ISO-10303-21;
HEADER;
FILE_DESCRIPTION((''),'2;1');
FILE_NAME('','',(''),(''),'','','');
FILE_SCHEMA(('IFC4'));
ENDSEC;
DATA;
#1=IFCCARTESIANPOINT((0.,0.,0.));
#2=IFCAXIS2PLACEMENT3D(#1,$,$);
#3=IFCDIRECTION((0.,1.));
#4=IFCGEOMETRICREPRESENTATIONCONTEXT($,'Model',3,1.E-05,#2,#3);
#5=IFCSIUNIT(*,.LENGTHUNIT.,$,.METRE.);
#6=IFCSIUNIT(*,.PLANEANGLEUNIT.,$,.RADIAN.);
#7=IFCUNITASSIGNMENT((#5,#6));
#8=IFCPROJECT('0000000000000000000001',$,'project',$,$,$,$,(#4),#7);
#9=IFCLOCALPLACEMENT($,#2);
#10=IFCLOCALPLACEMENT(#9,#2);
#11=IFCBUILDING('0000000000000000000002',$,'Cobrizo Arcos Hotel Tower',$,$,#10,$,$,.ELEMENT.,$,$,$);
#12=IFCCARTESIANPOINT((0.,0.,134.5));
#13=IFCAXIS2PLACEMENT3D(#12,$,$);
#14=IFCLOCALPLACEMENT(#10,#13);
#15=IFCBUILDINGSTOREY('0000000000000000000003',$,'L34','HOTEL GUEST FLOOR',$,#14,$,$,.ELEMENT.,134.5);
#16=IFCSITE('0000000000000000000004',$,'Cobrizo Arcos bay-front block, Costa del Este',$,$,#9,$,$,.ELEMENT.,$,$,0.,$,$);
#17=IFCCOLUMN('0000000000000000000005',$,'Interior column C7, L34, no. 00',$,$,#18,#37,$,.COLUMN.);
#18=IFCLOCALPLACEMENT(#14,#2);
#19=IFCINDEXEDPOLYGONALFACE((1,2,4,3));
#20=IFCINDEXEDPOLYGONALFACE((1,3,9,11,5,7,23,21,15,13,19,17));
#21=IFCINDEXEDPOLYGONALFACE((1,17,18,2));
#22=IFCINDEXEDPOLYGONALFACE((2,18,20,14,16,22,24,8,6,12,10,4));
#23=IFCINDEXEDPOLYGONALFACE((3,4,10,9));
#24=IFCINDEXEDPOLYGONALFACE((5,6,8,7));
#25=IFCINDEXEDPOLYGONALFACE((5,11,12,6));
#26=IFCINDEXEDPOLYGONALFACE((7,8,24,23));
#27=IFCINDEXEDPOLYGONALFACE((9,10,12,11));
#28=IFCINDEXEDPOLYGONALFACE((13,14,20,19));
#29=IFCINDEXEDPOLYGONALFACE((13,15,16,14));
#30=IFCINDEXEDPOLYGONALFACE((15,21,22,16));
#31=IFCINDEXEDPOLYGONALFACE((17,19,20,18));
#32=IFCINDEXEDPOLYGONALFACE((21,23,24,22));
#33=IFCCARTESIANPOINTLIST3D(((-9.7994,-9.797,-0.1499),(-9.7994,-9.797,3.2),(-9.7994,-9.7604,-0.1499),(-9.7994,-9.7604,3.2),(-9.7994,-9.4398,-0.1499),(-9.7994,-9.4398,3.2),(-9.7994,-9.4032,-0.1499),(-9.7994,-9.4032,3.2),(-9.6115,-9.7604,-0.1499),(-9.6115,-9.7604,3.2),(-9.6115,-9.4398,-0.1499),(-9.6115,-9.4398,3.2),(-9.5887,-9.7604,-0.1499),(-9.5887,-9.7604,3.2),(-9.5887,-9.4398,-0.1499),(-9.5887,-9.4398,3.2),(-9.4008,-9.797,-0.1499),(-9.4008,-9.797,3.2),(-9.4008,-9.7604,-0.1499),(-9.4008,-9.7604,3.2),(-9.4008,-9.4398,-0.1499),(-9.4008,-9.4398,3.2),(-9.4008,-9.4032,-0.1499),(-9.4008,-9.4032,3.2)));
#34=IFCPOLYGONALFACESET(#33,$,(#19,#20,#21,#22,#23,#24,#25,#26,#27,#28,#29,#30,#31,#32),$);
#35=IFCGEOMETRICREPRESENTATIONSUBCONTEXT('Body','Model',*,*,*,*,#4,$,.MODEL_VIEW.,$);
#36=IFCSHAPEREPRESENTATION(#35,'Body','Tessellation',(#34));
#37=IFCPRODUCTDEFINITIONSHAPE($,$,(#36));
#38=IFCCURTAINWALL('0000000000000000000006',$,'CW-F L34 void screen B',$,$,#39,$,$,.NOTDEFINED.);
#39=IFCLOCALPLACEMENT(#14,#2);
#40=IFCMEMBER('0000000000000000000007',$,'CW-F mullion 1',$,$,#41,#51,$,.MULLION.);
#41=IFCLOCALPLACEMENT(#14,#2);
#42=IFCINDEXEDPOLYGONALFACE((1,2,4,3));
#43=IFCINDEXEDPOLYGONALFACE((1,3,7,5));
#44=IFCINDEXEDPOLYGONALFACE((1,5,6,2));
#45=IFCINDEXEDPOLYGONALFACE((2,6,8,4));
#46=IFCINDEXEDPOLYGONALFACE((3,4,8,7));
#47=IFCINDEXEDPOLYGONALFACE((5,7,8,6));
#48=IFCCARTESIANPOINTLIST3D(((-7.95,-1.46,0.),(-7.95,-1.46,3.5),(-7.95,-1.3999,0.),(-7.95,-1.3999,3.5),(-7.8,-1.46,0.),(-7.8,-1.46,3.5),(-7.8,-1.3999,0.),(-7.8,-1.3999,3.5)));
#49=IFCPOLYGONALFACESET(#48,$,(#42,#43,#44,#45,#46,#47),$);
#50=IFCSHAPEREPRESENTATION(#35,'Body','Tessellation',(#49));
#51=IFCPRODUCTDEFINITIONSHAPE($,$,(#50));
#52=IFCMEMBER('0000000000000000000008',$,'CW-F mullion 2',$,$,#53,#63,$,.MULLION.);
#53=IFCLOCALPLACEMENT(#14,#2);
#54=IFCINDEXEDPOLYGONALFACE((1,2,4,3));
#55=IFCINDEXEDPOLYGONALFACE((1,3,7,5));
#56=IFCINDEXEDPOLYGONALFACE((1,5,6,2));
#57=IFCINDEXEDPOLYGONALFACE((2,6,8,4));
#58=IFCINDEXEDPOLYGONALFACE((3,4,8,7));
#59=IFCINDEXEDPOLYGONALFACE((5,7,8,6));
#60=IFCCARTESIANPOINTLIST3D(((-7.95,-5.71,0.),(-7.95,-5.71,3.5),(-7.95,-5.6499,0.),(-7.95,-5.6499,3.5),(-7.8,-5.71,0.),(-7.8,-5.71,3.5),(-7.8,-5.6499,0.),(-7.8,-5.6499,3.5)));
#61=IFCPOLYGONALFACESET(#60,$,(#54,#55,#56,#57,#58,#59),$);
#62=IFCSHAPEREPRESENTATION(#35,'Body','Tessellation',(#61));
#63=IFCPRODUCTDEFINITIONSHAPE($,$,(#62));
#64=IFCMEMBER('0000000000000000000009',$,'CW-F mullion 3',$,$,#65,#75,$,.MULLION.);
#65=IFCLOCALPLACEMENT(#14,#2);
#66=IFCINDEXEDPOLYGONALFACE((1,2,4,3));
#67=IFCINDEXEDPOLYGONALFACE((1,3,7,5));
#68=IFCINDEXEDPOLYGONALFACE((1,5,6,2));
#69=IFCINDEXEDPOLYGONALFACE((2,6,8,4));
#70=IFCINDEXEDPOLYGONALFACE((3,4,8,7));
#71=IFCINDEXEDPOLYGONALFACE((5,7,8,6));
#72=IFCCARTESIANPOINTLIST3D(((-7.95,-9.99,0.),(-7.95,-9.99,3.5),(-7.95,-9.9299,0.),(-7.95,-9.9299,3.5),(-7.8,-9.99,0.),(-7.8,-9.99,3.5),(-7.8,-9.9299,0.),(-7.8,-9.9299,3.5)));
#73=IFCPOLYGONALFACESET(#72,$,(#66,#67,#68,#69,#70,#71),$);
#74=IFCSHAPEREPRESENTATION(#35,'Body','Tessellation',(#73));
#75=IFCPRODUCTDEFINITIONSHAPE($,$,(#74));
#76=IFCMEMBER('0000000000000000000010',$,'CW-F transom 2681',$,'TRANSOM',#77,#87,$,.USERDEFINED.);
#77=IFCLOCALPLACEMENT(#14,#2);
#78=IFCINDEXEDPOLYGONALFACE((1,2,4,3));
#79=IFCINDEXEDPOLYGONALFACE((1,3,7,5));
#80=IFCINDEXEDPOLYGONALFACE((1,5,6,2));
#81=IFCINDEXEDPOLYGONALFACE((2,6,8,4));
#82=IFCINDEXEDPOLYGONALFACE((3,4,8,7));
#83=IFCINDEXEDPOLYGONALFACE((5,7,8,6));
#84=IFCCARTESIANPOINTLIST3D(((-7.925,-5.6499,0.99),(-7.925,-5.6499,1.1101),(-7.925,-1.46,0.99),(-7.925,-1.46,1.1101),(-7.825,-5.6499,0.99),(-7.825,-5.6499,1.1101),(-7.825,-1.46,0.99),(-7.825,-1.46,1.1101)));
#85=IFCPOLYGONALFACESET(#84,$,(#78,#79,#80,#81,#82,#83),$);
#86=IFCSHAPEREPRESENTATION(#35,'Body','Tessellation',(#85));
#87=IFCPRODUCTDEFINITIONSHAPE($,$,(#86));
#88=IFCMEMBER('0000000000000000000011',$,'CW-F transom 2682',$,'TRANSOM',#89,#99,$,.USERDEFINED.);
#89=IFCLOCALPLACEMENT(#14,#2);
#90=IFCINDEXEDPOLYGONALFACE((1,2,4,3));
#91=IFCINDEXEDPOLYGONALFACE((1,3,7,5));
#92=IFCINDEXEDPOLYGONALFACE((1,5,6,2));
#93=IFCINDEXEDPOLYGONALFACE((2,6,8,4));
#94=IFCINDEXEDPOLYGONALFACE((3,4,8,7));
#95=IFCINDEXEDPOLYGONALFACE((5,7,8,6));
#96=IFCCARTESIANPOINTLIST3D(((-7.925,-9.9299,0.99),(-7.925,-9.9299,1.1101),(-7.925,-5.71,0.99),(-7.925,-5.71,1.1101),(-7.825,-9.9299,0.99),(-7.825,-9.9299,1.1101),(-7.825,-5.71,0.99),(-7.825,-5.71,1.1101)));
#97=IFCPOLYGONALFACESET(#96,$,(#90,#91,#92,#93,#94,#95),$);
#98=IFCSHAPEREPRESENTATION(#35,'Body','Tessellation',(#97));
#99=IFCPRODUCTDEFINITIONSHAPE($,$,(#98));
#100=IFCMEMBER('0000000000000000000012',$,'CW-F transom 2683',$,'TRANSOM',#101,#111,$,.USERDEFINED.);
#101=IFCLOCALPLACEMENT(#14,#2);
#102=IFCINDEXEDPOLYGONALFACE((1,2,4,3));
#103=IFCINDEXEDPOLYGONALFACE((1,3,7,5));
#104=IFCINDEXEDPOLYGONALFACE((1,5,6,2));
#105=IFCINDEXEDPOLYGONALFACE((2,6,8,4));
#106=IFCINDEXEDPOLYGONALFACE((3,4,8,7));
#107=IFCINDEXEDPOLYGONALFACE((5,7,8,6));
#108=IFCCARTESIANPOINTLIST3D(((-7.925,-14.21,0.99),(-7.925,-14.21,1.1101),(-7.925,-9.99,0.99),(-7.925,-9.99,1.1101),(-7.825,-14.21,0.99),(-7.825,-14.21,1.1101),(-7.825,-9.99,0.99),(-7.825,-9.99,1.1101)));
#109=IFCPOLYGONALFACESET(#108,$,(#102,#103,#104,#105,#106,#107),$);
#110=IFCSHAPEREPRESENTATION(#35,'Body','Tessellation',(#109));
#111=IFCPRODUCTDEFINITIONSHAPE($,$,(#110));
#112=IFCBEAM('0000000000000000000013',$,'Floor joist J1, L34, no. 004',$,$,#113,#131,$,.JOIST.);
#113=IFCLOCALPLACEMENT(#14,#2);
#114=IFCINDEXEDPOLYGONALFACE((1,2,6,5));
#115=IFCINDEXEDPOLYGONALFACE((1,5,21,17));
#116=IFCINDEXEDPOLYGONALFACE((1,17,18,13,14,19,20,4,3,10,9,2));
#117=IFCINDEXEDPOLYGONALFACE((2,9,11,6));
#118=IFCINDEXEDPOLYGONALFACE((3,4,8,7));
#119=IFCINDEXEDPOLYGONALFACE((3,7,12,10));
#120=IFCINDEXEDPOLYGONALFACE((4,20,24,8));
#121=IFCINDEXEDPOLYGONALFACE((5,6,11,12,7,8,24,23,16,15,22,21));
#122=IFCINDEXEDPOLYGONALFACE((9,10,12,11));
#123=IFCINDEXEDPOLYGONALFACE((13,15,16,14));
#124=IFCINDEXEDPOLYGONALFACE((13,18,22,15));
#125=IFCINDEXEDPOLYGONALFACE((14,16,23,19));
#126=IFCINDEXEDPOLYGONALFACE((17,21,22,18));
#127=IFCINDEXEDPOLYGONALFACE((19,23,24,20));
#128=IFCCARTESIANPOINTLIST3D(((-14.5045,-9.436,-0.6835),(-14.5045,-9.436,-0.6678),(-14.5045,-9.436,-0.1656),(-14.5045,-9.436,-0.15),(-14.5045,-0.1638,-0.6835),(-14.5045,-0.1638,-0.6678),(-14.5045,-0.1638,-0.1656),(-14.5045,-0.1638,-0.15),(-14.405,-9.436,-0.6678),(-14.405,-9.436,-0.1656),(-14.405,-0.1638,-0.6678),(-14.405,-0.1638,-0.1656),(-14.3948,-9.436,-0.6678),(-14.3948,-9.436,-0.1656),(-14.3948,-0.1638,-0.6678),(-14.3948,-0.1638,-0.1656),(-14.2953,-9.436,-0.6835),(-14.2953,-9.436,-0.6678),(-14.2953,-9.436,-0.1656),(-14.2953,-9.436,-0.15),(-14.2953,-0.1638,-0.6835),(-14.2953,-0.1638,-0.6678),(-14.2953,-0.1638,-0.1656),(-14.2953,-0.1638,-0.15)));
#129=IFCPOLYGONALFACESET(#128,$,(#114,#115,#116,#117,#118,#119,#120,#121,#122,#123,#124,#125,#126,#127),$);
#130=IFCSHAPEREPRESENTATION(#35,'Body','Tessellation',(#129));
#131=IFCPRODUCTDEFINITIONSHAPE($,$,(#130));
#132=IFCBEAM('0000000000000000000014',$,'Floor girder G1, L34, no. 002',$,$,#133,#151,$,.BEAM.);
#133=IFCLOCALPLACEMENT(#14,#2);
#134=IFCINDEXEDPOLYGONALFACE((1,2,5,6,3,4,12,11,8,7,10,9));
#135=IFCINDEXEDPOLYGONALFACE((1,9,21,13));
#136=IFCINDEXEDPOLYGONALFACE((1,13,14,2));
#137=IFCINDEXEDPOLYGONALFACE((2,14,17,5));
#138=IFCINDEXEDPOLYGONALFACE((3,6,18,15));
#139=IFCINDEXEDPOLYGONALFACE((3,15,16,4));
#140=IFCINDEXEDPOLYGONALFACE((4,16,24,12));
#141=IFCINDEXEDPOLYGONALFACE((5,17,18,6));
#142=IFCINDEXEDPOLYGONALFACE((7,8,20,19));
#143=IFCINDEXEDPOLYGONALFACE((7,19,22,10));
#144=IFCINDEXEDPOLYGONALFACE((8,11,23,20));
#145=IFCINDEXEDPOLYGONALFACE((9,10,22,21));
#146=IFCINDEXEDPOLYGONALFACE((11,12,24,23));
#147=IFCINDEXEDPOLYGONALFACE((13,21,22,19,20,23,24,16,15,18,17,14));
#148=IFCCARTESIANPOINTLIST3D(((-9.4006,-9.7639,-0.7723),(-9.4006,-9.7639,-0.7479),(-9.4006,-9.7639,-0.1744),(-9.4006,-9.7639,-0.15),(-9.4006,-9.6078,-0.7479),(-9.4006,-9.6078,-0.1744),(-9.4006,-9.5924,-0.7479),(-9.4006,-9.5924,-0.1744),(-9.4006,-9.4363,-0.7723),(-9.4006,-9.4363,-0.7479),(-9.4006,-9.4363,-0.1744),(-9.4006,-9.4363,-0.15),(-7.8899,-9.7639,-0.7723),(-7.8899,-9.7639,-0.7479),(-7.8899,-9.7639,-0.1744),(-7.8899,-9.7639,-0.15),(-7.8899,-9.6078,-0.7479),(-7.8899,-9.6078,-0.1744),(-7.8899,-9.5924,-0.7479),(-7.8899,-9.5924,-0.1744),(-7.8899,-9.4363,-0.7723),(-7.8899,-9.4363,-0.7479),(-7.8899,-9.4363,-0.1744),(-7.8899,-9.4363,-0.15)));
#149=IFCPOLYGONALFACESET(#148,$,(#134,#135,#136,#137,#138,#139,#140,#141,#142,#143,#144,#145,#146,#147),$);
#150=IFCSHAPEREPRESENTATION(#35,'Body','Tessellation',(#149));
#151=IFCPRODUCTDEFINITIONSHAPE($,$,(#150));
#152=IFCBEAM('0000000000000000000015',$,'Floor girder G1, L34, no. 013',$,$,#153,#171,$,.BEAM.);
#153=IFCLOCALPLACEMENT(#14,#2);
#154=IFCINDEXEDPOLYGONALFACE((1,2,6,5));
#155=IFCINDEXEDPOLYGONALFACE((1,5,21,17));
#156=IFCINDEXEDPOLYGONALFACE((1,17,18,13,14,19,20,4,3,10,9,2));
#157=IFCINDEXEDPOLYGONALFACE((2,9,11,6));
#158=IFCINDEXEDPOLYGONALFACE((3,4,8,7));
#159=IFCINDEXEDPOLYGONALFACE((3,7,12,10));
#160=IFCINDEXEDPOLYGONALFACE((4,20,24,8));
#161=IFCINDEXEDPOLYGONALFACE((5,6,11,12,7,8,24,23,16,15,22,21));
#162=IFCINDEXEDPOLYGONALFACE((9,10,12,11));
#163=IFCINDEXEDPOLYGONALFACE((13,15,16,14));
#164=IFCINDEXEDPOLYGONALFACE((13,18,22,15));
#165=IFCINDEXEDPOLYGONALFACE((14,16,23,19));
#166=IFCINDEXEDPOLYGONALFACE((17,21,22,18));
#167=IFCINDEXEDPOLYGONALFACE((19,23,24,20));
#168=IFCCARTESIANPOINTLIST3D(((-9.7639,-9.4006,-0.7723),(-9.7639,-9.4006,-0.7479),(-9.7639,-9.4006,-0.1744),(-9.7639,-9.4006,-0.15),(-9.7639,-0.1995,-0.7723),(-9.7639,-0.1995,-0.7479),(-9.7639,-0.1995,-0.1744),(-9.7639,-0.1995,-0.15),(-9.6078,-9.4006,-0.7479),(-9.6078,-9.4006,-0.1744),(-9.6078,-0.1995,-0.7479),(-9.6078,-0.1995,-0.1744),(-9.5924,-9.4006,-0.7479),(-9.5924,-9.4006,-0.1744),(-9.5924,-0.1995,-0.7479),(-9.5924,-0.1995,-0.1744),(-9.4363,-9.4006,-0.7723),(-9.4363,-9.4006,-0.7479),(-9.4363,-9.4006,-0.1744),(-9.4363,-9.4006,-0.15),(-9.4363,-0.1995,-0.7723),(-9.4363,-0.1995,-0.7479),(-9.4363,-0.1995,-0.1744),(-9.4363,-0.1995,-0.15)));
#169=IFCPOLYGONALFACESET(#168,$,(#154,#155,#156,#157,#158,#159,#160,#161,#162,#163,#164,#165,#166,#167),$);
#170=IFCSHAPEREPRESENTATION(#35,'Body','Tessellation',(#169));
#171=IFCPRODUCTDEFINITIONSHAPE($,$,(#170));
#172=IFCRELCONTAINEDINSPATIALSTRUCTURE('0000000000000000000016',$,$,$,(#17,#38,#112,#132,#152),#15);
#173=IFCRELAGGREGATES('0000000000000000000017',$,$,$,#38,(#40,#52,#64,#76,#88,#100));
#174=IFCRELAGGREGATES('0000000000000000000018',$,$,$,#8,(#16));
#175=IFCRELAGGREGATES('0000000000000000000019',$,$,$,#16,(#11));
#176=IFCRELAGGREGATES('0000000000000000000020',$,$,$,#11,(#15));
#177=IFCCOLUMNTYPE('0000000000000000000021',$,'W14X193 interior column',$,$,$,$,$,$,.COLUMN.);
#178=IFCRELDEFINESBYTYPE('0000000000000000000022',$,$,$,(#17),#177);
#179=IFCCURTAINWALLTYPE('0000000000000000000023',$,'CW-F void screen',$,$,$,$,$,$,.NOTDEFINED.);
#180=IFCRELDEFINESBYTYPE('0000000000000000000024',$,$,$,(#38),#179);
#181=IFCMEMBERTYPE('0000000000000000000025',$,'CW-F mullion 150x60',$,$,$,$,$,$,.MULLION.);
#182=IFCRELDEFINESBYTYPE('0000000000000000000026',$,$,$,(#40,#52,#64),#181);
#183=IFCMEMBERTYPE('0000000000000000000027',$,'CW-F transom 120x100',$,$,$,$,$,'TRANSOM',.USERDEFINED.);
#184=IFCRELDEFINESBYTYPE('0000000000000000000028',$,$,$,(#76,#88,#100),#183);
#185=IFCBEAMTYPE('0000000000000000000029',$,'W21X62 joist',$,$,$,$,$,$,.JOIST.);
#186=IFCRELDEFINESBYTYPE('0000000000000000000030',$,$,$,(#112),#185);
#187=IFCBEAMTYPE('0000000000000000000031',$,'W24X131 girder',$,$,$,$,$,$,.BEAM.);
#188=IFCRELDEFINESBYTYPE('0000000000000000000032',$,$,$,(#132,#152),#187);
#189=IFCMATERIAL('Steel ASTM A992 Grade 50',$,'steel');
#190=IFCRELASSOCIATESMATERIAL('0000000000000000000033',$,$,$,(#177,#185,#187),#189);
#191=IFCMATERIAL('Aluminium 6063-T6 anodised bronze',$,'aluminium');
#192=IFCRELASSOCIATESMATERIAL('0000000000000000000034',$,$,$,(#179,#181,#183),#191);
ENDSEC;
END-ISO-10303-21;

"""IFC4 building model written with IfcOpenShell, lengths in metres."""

from ifc_helpers import new_model, si_unit, direction, frame, origin, origin_2d, place, context, subcontext, project, spatial, rectangle, i_section, extrude, material, material_profile, profile_set, type_object, element, aggregate, save


model = new_model("IFC4")

# Units and contexts
model_context = context("Model", 3, precision=1e-05, world=origin(), true_north=direction((0.0, 1.0)))
body_context = subcontext(model_context, "Body", "Model", "MODEL_VIEW")
ifc_project = project(units=[si_unit("LENGTHUNIT", "METRE"), si_unit("PLANEANGLEUNIT", "RADIAN")], contexts=[model_context])

# Site, building, storey
site_placement = place(None, origin())
site = spatial("IfcSite", under=ifc_project, at=site_placement, Name="Cobrizo Arcos bay-front block, Costa del Este", CompositionType="ELEMENT", RefElevation=0.0)
building_placement = place(site_placement, origin())
building = spatial("IfcBuilding", under=site, at=building_placement, Name="Cobrizo Arcos Hotel Tower", CompositionType="ELEMENT")
storey_placement = place(building_placement, frame((0.0, 0.0, 134.5)))
storey = spatial("IfcBuildingStorey", under=building, at=storey_placement, Name="L34", Description="HOTEL GUEST FLOOR", CompositionType="ELEMENT", Elevation=134.5)

# Column
ifc_material_1 = material(Name="Steel ASTM A992 Grade 50", Category="steel")
ifc_material_profile_1 = material_profile(ifc_material_1, i_section(OverallWidth=0.3987, OverallDepth=0.3938, WebThickness=0.0227, FlangeThickness=0.0366, at=origin_2d()), Name="W14X193")
ifc_profile_set_1 = profile_set([ifc_material_profile_1], Name="Steel ASTM A992 Grade 50")
column_type = type_object("IfcColumnType", Name="W14X193 interior column", PredefinedType="COLUMN", material=ifc_profile_set_1)
column_placement = place(storey_placement, frame((-9.6001, -9.6001, -0.1499), z_axis=(0.0, 0.0, 1.0), x_axis=(1.0, 0.0, 0.0)))
element("IfcColumn", 1, at=column_placement, inside=storey, type_object=column_type, Name="Interior column C7, L34, no. 00", PredefinedType="COLUMN", context=body_context, shape_type="SweptSolid", body=[
    extrude(i_section(OverallWidth=0.3987, OverallDepth=0.3938, WebThickness=0.0227, FlangeThickness=0.0366, at=origin_2d()), origin(), (0.0, 0.0, 1.0), 3.3499),
])

# Curtain wall, members
ifc_material_2 = material(Name="Aluminium 6063-T6 anodised bronze", Category="aluminium")
curtain_wall_type = type_object("IfcCurtainWallType", Name="CW-F void screen", PredefinedType="NOTDEFINED", material=ifc_material_2)
curtain_wall_placement = place(storey_placement, origin())
curtain_wall = element("IfcCurtainWall", 2, at=curtain_wall_placement, inside=storey, type_object=curtain_wall_type, Name="CW-F L34 void screen B", PredefinedType="NOTDEFINED")
ifc_material_profile_2 = material_profile(ifc_material_2, rectangle(XDim=0.1499, YDim=0.0601, at=origin_2d()), Name="CW-F mullion 150x60")
ifc_profile_set_2 = profile_set([ifc_material_profile_2], Name="Aluminium 6063-T6 anodised bronze")
member_type_1 = type_object("IfcMemberType", Name="CW-F mullion 150x60", PredefinedType="MULLION", material=ifc_profile_set_2)
member_1_placement = place(storey_placement, frame((-7.875, -1.4299, 0.0), z_axis=(0.0, 0.0, 1.0), x_axis=(-1.0, 0.0, 0.0)))
member_1 = element("IfcMember", 3, at=member_1_placement, type_object=member_type_1, Name="CW-F mullion 1", PredefinedType="MULLION", context=body_context, shape_type="SweptSolid", body=[
    extrude(rectangle(XDim=0.1499, YDim=0.0601, at=origin_2d()), origin(), (0.0, 0.0, 1.0), 3.5),
])
member_2_placement = place(storey_placement, frame((-7.875, -5.6799, 0.0), z_axis=(0.0, 0.0, 1.0), x_axis=(-1.0, 0.0, 0.0)))
member_2 = element("IfcMember", 4, at=member_2_placement, type_object=member_type_1, Name="CW-F mullion 2", PredefinedType="MULLION", context=body_context, shape_type="SweptSolid", body=[
    extrude(rectangle(XDim=0.1499, YDim=0.0601, at=origin_2d()), origin(), (0.0, 0.0, 1.0), 3.5),
])
member_3_placement = place(storey_placement, frame((-7.875, -9.96, 0.0), z_axis=(0.0, 0.0, 1.0), x_axis=(-1.0, 0.0, 0.0)))
member_3 = element("IfcMember", 5, at=member_3_placement, type_object=member_type_1, Name="CW-F mullion 3", PredefinedType="MULLION", context=body_context, shape_type="SweptSolid", body=[
    extrude(rectangle(XDim=0.1499, YDim=0.0601, at=origin_2d()), origin(), (0.0, 0.0, 1.0), 3.5),
])
ifc_material_profile_3 = material_profile(ifc_material_2, rectangle(XDim=0.1001, YDim=0.1201, at=origin_2d()), Name="CW-F transom 120x100")
ifc_profile_set_3 = profile_set([ifc_material_profile_3], Name="Aluminium 6063-T6 anodised bronze")
member_type_2 = type_object("IfcMemberType", Name="CW-F transom 120x100", ElementType="TRANSOM", PredefinedType="USERDEFINED", material=ifc_profile_set_3)
member_4_placement = place(storey_placement, frame((-7.875, -1.46, 1.05), z_axis=(0.0, -1.0, 0.0), x_axis=(1.0, 0.0, 0.0)))
member_4 = element("IfcMember", 6, at=member_4_placement, type_object=member_type_2, Name="CW-F transom 2681", ObjectType="TRANSOM", PredefinedType="USERDEFINED", context=body_context, shape_type="SweptSolid", body=[
    extrude(rectangle(XDim=0.1001, YDim=0.1201, at=origin_2d()), origin(), (0.0, 0.0, 1.0), 4.1899),
])
member_5_placement = place(storey_placement, frame((-7.875, -5.71, 1.05), z_axis=(0.0, -1.0, 0.0), x_axis=(1.0, 0.0, 0.0)))
member_5 = element("IfcMember", 7, at=member_5_placement, type_object=member_type_2, Name="CW-F transom 2682", ObjectType="TRANSOM", PredefinedType="USERDEFINED", context=body_context, shape_type="SweptSolid", body=[
    extrude(rectangle(XDim=0.1001, YDim=0.1201, at=origin_2d()), origin(), (0.0, 0.0, 1.0), 4.22),
])
member_6_placement = place(storey_placement, frame((-7.875, -9.99, 1.05), z_axis=(0.0, -1.0, 0.0), x_axis=(1.0, 0.0, 0.0)))
member_6 = element("IfcMember", 8, at=member_6_placement, type_object=member_type_2, Name="CW-F transom 2683", ObjectType="TRANSOM", PredefinedType="USERDEFINED", context=body_context, shape_type="SweptSolid", body=[
    extrude(rectangle(XDim=0.1001, YDim=0.1201, at=origin_2d()), origin(), (0.0, 0.0, 1.0), 4.22),
])

# Beams
ifc_material_profile_4 = material_profile(ifc_material_1, i_section(OverallWidth=0.2092, OverallDepth=0.5334, WebThickness=0.0103, FlangeThickness=0.0156, at=origin_2d()), Name="W21X62")
ifc_profile_set_4 = profile_set([ifc_material_profile_4], Name="Steel ASTM A992 Grade 50")
beam_type_1 = type_object("IfcBeamType", Name="W21X62 joist", PredefinedType="JOIST", material=ifc_profile_set_4)
beam_1_placement = place(storey_placement, frame((-14.3999, -9.436, -0.4167), z_axis=(0.0, 1.0, 0.0), x_axis=(-1.0, 0.0, 0.0)))
element("IfcBeam", 9, at=beam_1_placement, inside=storey, type_object=beam_type_1, Name="Floor joist J1, L34, no. 004", PredefinedType="JOIST", context=body_context, shape_type="SweptSolid", body=[
    extrude(i_section(OverallWidth=0.2092, OverallDepth=0.5334, WebThickness=0.0103, FlangeThickness=0.0156, at=origin_2d()), origin(), (0.0, 0.0, 1.0), 9.2722),
])
ifc_material_profile_5 = material_profile(ifc_material_1, i_section(OverallWidth=0.3276, OverallDepth=0.6223, WebThickness=0.0154, FlangeThickness=0.0244, at=origin_2d()), Name="W24X131")
ifc_profile_set_5 = profile_set([ifc_material_profile_5], Name="Steel ASTM A992 Grade 50")
beam_type_2 = type_object("IfcBeamType", Name="W24X131 girder", PredefinedType="BEAM", material=ifc_profile_set_5)
beam_2_placement = place(storey_placement, frame((-9.4006, -9.6001, -0.4612), z_axis=(1.0, 0.0, 0.0), x_axis=(0.0, 1.0, 0.0)))
element("IfcBeam", 10, at=beam_2_placement, inside=storey, type_object=beam_type_2, Name="Floor girder G1, L34, no. 002", PredefinedType="BEAM", context=body_context, shape_type="SweptSolid", body=[
    extrude(i_section(OverallWidth=0.3276, OverallDepth=0.6223, WebThickness=0.0154, FlangeThickness=0.0244, at=origin_2d()), origin(), (0.0, 0.0, 1.0), 1.5107),
])
beam_3_placement = place(storey_placement, frame((-9.6001, -9.4006, -0.4612), z_axis=(0.0, 1.0, 0.0), x_axis=(-1.0, 0.0, 0.0)))
element("IfcBeam", 11, at=beam_3_placement, inside=storey, type_object=beam_type_2, Name="Floor girder G1, L34, no. 013", PredefinedType="BEAM", context=body_context, shape_type="SweptSolid", body=[
    extrude(i_section(OverallWidth=0.3276, OverallDepth=0.6223, WebThickness=0.0154, FlangeThickness=0.0244, at=origin_2d()), origin(), (0.0, 0.0, 1.0), 9.2012),
])

aggregate(curtain_wall, [member_1, member_2, member_3, member_4, member_5, member_6])

save(model, "model.ifc")
